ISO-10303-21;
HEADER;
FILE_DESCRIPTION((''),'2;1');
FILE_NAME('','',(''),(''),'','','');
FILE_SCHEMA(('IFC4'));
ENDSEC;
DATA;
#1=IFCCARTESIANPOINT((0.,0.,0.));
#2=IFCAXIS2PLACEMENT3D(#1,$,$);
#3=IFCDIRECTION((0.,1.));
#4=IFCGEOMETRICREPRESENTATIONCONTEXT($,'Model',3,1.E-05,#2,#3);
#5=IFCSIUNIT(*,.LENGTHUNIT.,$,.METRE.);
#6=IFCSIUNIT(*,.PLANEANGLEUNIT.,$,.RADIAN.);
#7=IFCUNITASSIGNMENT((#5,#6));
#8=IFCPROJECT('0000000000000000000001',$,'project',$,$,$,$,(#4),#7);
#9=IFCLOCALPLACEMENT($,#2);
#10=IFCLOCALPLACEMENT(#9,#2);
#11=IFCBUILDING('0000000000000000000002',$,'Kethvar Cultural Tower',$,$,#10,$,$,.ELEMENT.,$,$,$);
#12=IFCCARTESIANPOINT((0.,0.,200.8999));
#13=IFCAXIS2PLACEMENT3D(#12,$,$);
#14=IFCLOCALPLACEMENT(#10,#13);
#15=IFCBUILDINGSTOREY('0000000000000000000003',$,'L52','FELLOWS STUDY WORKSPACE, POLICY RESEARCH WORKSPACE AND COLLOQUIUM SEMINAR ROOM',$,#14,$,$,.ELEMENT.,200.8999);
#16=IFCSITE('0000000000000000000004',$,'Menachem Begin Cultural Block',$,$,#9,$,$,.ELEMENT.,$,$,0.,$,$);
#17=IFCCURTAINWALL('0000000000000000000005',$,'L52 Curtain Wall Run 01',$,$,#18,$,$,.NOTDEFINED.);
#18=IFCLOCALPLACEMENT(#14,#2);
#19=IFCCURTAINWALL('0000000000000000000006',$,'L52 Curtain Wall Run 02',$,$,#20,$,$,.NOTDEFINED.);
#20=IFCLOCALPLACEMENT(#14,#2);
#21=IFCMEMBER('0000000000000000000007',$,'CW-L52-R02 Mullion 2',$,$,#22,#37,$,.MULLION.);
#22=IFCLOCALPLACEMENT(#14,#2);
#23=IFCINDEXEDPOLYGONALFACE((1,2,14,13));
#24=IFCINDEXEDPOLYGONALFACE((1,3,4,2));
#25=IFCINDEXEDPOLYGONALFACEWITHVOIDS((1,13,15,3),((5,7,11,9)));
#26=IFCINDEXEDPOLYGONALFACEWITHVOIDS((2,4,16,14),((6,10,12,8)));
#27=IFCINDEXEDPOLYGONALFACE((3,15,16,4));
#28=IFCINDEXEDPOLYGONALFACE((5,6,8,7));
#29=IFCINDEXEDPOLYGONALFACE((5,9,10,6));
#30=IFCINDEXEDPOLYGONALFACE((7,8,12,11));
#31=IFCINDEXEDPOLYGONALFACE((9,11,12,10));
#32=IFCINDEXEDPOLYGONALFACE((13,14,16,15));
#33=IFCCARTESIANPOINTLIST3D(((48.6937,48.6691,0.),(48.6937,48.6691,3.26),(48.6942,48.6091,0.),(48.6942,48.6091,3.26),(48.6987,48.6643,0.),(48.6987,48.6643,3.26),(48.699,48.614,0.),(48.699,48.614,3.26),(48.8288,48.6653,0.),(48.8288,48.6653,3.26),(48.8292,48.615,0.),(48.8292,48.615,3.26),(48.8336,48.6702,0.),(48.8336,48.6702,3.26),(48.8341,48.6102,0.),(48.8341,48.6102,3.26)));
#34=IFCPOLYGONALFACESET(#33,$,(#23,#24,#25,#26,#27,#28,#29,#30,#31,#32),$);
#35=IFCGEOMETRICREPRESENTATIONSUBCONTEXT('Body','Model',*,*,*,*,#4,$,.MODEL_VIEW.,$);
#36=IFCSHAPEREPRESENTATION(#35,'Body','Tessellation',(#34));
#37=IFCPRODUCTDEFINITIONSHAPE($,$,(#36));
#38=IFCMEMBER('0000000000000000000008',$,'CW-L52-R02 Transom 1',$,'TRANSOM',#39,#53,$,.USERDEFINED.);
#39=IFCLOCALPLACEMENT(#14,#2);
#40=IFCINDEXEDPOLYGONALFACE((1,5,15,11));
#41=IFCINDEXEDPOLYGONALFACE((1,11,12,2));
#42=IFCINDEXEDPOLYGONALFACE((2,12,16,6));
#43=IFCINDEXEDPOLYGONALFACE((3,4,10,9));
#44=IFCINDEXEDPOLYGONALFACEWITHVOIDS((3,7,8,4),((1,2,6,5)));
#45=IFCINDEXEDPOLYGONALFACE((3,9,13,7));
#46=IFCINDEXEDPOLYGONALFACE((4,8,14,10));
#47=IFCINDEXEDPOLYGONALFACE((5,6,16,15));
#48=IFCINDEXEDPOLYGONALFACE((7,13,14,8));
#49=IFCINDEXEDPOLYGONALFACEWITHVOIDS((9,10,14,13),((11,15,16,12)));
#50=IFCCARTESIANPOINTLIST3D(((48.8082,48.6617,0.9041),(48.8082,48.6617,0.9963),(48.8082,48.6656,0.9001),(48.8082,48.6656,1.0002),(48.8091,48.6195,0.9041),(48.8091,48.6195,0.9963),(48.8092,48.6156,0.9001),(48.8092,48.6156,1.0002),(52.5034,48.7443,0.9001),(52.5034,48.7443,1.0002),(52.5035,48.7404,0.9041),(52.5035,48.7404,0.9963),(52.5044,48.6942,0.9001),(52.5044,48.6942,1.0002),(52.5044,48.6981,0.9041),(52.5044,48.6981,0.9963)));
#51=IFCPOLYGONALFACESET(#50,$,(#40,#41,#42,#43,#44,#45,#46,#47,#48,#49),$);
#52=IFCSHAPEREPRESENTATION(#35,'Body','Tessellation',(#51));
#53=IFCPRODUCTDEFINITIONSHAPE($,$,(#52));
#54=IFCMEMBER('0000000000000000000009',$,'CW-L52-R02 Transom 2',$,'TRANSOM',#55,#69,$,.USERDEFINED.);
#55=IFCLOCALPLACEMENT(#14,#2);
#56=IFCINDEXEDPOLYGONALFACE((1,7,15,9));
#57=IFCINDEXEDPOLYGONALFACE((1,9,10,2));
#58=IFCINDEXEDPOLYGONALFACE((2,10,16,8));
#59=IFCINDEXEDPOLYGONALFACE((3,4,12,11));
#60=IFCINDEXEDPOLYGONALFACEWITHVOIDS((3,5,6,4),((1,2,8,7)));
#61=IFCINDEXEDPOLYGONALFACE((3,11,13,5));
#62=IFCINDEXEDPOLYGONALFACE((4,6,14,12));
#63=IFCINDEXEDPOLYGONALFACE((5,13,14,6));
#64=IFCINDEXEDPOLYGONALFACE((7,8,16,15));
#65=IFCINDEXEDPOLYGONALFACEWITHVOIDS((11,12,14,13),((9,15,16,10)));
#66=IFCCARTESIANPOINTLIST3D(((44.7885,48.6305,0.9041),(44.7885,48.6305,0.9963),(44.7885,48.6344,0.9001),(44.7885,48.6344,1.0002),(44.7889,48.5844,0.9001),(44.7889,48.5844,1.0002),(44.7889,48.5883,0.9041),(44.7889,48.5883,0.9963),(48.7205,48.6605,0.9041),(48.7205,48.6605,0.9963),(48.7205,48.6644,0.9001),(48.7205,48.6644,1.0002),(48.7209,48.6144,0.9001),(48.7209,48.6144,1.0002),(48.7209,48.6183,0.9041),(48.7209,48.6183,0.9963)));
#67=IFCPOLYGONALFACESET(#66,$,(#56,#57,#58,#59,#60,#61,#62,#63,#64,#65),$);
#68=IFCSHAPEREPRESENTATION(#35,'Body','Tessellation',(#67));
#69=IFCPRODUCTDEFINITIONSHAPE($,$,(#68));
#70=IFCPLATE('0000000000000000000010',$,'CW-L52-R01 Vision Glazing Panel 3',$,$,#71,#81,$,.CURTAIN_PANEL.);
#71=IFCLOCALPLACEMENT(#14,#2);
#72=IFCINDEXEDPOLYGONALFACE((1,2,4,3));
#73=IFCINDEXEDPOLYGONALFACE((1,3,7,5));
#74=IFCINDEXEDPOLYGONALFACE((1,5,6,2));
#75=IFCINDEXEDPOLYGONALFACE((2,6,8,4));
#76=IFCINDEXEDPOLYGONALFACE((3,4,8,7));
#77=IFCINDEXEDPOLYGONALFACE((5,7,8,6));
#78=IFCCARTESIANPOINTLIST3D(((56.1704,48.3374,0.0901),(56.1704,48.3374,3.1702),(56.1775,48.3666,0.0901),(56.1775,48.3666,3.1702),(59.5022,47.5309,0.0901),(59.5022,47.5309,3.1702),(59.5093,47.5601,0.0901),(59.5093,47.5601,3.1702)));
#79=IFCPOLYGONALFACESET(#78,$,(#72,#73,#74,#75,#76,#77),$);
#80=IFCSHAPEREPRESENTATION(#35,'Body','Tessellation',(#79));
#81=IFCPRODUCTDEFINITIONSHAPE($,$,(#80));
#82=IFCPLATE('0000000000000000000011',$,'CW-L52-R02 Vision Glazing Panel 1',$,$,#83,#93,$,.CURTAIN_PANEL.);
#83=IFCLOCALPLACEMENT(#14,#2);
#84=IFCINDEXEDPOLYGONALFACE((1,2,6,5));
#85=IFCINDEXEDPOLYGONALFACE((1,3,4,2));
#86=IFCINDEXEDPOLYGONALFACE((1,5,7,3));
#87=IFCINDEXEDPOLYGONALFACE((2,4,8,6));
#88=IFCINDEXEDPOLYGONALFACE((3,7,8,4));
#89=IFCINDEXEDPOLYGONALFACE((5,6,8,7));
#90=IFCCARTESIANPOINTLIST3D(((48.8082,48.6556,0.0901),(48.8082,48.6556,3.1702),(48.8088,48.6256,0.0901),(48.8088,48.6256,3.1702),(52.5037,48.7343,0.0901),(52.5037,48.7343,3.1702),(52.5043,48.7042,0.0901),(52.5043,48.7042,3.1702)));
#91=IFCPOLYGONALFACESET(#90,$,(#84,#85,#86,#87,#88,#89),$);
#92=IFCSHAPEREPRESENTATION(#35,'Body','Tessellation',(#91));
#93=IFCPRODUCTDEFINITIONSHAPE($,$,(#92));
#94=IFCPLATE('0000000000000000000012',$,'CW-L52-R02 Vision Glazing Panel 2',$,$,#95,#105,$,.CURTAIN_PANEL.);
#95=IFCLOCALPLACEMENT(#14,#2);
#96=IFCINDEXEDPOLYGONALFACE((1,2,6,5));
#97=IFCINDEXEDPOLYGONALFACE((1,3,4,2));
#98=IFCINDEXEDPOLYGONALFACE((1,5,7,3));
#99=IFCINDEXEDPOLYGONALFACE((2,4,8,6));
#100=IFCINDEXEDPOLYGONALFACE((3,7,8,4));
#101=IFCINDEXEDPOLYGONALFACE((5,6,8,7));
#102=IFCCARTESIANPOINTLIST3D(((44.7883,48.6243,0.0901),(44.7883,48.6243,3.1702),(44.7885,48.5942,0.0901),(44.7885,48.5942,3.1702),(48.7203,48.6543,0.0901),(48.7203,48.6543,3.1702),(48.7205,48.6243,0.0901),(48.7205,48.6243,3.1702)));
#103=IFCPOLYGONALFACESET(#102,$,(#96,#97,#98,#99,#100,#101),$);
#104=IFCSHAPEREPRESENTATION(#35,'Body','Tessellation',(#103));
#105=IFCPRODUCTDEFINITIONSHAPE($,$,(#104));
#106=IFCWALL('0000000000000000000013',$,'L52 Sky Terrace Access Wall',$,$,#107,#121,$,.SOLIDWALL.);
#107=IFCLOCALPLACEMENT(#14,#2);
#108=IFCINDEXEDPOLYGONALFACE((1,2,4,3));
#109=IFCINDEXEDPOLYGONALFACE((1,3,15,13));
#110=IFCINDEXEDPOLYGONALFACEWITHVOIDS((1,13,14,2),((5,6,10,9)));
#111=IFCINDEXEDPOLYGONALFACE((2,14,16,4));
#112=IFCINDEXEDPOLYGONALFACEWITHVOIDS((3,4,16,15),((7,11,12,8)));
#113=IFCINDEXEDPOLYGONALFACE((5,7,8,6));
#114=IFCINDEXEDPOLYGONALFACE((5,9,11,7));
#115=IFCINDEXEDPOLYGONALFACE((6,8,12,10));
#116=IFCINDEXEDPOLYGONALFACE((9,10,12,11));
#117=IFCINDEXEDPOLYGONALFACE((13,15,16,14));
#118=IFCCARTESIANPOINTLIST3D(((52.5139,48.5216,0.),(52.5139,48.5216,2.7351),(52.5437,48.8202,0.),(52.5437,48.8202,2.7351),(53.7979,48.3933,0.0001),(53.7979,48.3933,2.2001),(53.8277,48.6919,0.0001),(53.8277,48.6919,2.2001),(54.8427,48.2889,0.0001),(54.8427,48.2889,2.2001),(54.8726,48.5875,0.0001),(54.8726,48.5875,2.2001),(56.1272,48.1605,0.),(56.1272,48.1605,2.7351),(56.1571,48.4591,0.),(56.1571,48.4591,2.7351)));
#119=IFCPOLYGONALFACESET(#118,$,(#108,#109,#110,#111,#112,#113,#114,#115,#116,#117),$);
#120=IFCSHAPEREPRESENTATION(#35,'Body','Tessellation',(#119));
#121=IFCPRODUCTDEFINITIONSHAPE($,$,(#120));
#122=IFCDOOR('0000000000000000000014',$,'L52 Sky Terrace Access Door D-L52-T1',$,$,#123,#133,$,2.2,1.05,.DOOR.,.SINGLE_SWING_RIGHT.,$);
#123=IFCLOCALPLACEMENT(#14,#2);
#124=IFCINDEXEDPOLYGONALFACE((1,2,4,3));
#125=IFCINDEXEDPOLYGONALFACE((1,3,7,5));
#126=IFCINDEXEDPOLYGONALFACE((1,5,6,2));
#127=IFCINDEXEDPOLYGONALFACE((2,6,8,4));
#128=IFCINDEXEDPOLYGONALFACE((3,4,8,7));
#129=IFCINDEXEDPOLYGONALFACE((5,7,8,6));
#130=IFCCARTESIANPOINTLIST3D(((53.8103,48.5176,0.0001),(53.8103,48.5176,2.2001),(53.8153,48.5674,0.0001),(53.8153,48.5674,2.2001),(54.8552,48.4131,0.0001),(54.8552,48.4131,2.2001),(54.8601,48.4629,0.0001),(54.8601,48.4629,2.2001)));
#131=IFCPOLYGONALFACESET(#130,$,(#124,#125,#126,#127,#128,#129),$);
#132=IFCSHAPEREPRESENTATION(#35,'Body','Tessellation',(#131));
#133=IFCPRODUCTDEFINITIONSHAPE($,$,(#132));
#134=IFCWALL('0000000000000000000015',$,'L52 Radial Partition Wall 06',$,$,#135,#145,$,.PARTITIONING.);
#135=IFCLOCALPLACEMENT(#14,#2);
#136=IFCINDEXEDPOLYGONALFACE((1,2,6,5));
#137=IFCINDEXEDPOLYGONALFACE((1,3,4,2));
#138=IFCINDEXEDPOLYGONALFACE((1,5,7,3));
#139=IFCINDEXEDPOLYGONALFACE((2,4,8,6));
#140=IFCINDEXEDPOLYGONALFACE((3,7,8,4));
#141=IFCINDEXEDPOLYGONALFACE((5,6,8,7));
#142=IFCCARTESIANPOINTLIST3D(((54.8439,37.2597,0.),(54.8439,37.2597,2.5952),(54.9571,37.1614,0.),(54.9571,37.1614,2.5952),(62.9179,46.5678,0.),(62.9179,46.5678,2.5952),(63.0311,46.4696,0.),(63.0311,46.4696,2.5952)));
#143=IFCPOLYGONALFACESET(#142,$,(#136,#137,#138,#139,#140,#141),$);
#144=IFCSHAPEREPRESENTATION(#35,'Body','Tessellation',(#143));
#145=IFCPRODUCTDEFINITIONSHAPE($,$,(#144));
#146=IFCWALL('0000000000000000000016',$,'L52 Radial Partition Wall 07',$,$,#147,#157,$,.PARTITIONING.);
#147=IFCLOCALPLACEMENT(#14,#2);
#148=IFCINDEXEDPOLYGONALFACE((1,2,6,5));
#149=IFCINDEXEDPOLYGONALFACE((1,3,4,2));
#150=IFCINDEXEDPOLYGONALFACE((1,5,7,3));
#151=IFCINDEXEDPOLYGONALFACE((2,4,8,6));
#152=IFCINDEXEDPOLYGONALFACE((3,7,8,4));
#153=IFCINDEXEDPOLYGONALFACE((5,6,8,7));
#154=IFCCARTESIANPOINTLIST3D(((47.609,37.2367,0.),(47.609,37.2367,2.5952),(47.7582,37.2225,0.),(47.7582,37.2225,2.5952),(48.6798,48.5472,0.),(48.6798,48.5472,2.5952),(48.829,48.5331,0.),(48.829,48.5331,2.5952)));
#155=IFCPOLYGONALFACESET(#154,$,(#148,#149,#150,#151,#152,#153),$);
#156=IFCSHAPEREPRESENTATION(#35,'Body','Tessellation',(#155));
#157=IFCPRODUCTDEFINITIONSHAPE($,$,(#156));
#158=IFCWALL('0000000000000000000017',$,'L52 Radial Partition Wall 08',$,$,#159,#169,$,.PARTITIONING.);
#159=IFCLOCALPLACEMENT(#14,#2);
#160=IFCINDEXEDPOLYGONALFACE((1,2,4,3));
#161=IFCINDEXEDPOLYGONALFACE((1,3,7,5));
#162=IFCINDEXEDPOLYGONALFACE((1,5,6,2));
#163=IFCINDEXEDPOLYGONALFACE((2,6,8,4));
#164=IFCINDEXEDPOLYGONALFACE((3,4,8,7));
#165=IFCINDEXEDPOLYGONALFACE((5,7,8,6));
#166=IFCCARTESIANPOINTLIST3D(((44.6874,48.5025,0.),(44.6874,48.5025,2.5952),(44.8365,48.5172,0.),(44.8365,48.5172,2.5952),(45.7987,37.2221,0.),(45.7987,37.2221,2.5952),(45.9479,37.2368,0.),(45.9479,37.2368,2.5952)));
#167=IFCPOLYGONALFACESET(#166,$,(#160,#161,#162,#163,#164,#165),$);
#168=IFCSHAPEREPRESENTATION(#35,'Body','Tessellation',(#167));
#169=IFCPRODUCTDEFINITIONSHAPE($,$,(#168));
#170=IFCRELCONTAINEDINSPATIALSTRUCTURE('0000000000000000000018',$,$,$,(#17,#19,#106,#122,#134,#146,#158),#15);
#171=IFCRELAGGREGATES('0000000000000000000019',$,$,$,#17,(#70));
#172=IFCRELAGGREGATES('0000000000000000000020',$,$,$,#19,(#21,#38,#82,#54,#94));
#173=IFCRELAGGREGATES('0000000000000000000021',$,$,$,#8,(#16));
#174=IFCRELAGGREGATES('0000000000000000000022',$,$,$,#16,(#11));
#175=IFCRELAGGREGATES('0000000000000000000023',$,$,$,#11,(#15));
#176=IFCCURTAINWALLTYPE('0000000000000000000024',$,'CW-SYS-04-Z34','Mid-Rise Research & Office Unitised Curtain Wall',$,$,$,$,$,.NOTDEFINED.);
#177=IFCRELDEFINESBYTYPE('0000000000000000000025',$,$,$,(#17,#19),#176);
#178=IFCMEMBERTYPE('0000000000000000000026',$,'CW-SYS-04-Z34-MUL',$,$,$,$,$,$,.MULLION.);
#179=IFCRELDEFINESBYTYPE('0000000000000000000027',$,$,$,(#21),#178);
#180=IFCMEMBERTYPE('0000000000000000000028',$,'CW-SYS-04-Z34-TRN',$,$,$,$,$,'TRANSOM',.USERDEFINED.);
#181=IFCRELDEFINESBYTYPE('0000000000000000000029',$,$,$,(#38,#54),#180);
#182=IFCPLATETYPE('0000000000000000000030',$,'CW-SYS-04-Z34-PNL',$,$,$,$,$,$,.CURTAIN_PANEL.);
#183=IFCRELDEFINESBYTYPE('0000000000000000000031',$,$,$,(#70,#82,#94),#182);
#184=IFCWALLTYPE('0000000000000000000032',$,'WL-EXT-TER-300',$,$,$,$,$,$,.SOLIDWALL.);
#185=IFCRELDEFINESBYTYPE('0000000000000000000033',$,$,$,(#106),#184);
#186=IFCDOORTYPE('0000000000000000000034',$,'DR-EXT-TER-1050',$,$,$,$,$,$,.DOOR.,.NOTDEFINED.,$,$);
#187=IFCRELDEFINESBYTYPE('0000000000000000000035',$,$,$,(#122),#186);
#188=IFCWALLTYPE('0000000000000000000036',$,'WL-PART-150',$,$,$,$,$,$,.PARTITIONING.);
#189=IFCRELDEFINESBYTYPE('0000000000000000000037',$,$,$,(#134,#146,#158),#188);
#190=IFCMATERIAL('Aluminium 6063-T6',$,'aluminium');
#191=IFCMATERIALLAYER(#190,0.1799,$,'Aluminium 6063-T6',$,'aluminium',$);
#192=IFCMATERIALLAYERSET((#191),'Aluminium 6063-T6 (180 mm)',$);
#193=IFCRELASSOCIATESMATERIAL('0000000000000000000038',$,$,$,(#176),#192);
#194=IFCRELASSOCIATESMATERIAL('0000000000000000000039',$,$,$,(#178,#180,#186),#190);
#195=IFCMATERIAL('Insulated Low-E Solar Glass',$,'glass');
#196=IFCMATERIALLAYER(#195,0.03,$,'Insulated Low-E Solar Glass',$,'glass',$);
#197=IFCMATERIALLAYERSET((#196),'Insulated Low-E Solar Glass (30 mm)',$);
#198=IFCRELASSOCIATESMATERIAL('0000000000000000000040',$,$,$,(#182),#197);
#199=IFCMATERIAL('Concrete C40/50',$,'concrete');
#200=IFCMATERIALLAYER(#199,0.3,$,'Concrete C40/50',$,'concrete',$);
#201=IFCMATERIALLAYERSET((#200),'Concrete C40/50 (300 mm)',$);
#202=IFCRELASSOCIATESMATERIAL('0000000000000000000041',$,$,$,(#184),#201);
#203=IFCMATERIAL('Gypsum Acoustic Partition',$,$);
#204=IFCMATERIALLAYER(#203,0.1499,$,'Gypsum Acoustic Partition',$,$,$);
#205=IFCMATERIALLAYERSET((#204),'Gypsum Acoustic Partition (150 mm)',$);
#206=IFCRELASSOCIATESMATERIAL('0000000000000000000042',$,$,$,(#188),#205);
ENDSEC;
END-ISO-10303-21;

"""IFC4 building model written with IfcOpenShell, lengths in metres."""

from ifc_helpers import new_model, si_unit, direction, frame, frame_2d, origin, origin_2d, place, context, subcontext, project, spatial, rectangle, hollow_rectangle, extrude, source, transform, mapped, material, layer, layer_set, material_profile, profile_set, type_object, element, fill, aggregate, save


model = new_model("IFC4")

# Units and contexts
model_context = context("Model", 3, precision=1e-05, world=origin(), true_north=direction((0.0, 1.0)))
body_context = subcontext(model_context, "Body", "Model", "MODEL_VIEW")
ifc_project = project(units=[si_unit("LENGTHUNIT", "METRE"), si_unit("PLANEANGLEUNIT", "RADIAN")], contexts=[model_context])

# Site, building, storey
site_placement = place(None, origin())
site = spatial("IfcSite", under=ifc_project, at=site_placement, Name="Menachem Begin Cultural Block", CompositionType="ELEMENT", RefElevation=0.0)
building_placement = place(site_placement, origin())
building = spatial("IfcBuilding", under=site, at=building_placement, Name="Kethvar Cultural Tower", CompositionType="ELEMENT")
storey_placement = place(building_placement, frame((0.0, 0.0, 200.8999)))
storey = spatial("IfcBuildingStorey", under=building, at=storey_placement, Name="L52", Description="FELLOWS STUDY WORKSPACE, POLICY RESEARCH WORKSPACE AND COLLOQUIUM SEMINAR ROOM", CompositionType="ELEMENT", Elevation=200.8999)

# Curtain wall
ifc_material_1 = material(Name="Aluminium 6063-T6", Category="aluminium")
ifc_layer_1 = layer(ifc_material_1, 0.1799, Name="Aluminium 6063-T6", Category="aluminium")
ifc_layer_set_1 = layer_set([ifc_layer_1], Name="Aluminium 6063-T6 (180 mm)")
curtain_wall_type = type_object("IfcCurtainWallType", Name="CW-SYS-04-Z34", Description="Mid-Rise Research & Office Unitised Curtain Wall", PredefinedType="NOTDEFINED", material=ifc_layer_set_1)
curtain_wall_1_placement = place(storey_placement, origin())
curtain_wall_1 = element("IfcCurtainWall", 1, at=curtain_wall_1_placement, inside=storey, type_object=curtain_wall_type, Name="L52 Curtain Wall Run 01", PredefinedType="NOTDEFINED")
ifc_material_profile_1 = material_profile(ifc_material_1, hollow_rectangle(XDim=0.0601, YDim=0.1399, WallThickness=0.0049, at=origin_2d()), Name="Aluminium 6063-T6 — RHS140x60x5")
ifc_profile_set_1 = profile_set([ifc_material_profile_1], Name="Aluminium 6063-T6 — RHS140x60x5")
member_type_1 = type_object("IfcMemberType", Name="CW-SYS-04-Z34-MUL", PredefinedType="MULLION", material=ifc_profile_set_1)
shared_shape_1 = source(origin(), body_context, "Body", "SweptSolid", [
    extrude(hollow_rectangle(XDim=0.0601, YDim=0.1399, WallThickness=0.0049, at=origin_2d()), origin(), (0.0, 0.0, 1.0), 3.26),
])

# Curtain wall, members
curtain_wall_2_placement = place(storey_placement, origin())
curtain_wall_2 = element("IfcCurtainWall", 2, at=curtain_wall_2_placement, inside=storey, type_object=curtain_wall_type, Name="L52 Curtain Wall Run 02", PredefinedType="NOTDEFINED")
member_1_placement = place(storey_placement, frame((48.7639, 48.6396, 0.0), z_axis=(0.0, 0.0, 1.0), x_axis=(0.007644, -0.999971, 0.0)))
member_1 = element("IfcMember", 3, at=member_1_placement, type_object=member_type_1, Name="CW-L52-R02 Mullion 2", PredefinedType="MULLION", context=body_context, shape_type="MappedRepresentation", body=[
    mapped(shared_shape_1, transform((0.0, 0.0, 0.0), scale=1.0)),
])
ifc_material_profile_2 = material_profile(ifc_material_1, hollow_rectangle(XDim=0.05, YDim=0.1001, WallThickness=0.0039, at=origin_2d()), Name="Aluminium 6063-T6 — RHS100x50x4")
ifc_profile_set_2 = profile_set([ifc_material_profile_2], Name="Aluminium 6063-T6 — RHS100x50x4")
member_type_2 = type_object("IfcMemberType", Name="CW-SYS-04-Z34-TRN", ElementType="TRANSOM", PredefinedType="USERDEFINED", material=ifc_profile_set_2)
shared_shape_2 = source(origin(), body_context, "Body", "SweptSolid", [
    extrude(hollow_rectangle(XDim=0.05, YDim=0.1001, WallThickness=0.0039, at=origin_2d()), origin(), (0.0, 0.0, 1.0), 3.696),
])
member_2_placement = place(storey_placement, frame((52.5039, 48.7192, 0.9502), z_axis=(-0.999774, -0.021269, 0.0), x_axis=(0.021269, -0.999774, 0.0)))
member_2 = element("IfcMember", 4, at=member_2_placement, type_object=member_type_2, Name="CW-L52-R02 Transom 1", ObjectType="TRANSOM", PredefinedType="USERDEFINED", context=body_context, shape_type="MappedRepresentation", body=[
    mapped(shared_shape_2, transform((0.0, 0.0, 0.0), scale=1.0)),
])
shared_shape_3 = source(origin(), body_context, "Body", "SweptSolid", [
    extrude(hollow_rectangle(XDim=0.05, YDim=0.1001, WallThickness=0.0039, at=origin_2d()), origin(), (0.0, 0.0, 1.0), 3.9321),
])
member_3_placement = place(storey_placement, frame((48.7207, 48.6394, 0.9502), z_axis=(-0.999971, -0.007637, 0.0), x_axis=(0.007637, -0.999971, 0.0)))
member_3 = element("IfcMember", 5, at=member_3_placement, type_object=member_type_2, Name="CW-L52-R02 Transom 2", ObjectType="TRANSOM", PredefinedType="USERDEFINED", context=body_context, shape_type="MappedRepresentation", body=[
    mapped(shared_shape_3, transform((0.0, 0.0, 0.0), scale=1.0)),
])

# Plates
ifc_material_2 = material(Name="Insulated Low-E Solar Glass", Category="glass")
ifc_layer_2 = layer(ifc_material_2, 0.03, Name="Insulated Low-E Solar Glass", Category="glass")
ifc_layer_set_2 = layer_set([ifc_layer_2], Name="Insulated Low-E Solar Glass (30 mm)")
plate_type = type_object("IfcPlateType", Name="CW-SYS-04-Z34-PNL", PredefinedType="CURTAIN_PANEL", material=ifc_layer_set_2)
shared_shape_4 = source(origin(), body_context, "Body", "SweptSolid", [
    extrude(rectangle(XDim=3.428, YDim=0.03, at=origin_2d()), origin(), (0.0, 0.0, 1.0), 3.0801),
])
plate_1_placement = place(storey_placement, frame((57.8398, 47.9487, 0.0901), z_axis=(0.0, 0.0, 1.0), x_axis=(-0.971932, 0.235261, 0.0)))
plate_1 = element("IfcPlate", 6, at=plate_1_placement, type_object=plate_type, Name="CW-L52-R01 Vision Glazing Panel 3", PredefinedType="CURTAIN_PANEL", context=body_context, shape_type="MappedRepresentation", body=[
    mapped(shared_shape_4, transform((0.0, 0.0, 0.0), scale=1.0)),
])
aggregate(curtain_wall_1, [plate_1])
shared_shape_5 = source(origin(), body_context, "Body", "SweptSolid", [
    extrude(rectangle(XDim=3.6963, YDim=0.03, at=origin_2d()), origin(), (0.0, 0.0, 1.0), 3.0801),
])
plate_2_placement = place(storey_placement, frame((50.6562, 48.6799, 0.0901), z_axis=(0.0, 0.0, 1.0), x_axis=(-0.999774, -0.021274, 0.0)))
plate_2 = element("IfcPlate", 7, at=plate_2_placement, type_object=plate_type, Name="CW-L52-R02 Vision Glazing Panel 1", PredefinedType="CURTAIN_PANEL", context=body_context, shape_type="MappedRepresentation", body=[
    mapped(shared_shape_5, transform((0.0, 0.0, 0.0), scale=1.0)),
])
shared_shape_6 = source(origin(), body_context, "Body", "SweptSolid", [
    extrude(rectangle(XDim=3.9321, YDim=0.03, at=origin_2d()), origin(), (0.0, 0.0, 1.0), 3.0801),
])
plate_3_placement = place(storey_placement, frame((46.7544, 48.6243, 0.0901), z_axis=(0.0, 0.0, 1.0), x_axis=(-0.999971, -0.007644, 0.0)))
plate_3 = element("IfcPlate", 8, at=plate_3_placement, type_object=plate_type, Name="CW-L52-R02 Vision Glazing Panel 2", PredefinedType="CURTAIN_PANEL", context=body_context, shape_type="MappedRepresentation", body=[
    mapped(shared_shape_6, transform((0.0, 0.0, 0.0), scale=1.0)),
])
aggregate(curtain_wall_2, [member_1, member_2, plate_2, member_3, plate_3])

# Wall, opening, door
ifc_material_3 = material(Name="Concrete C40/50", Category="concrete")
ifc_layer_3 = layer(ifc_material_3, 0.3, Name="Concrete C40/50", Category="concrete")
ifc_layer_set_3 = layer_set([ifc_layer_3], Name="Concrete C40/50 (300 mm)")
wall_type_1 = type_object("IfcWallType", Name="WL-EXT-TER-300", PredefinedType="SOLIDWALL", material=ifc_layer_set_3)
wall_1_placement = place(storey_placement, frame((52.5288, 48.6709, 0.0), z_axis=(0.0, 0.0, 1.0), x_axis=(0.995044, -0.099437, 0.0)))
wall_1 = element("IfcWall", 9, at=wall_1_placement, inside=storey, type_object=wall_type_1, Name="L52 Sky Terrace Access Wall", PredefinedType="SOLIDWALL", context=body_context, shape_type="SweptSolid", body=[
    extrude(rectangle(XDim=3.6313, YDim=0.3, at=frame_2d((1.8157, 0.0))), origin(), (0.0, 0.0, 1.0), 2.7351),
])
opening_placement = place(wall_1_placement, frame((1.2905, 0.0, 0.0)))
opening = element("IfcOpeningElement", 10, at=opening_placement, cuts=wall_1, PredefinedType="OPENING", context=body_context, shape_type="SweptSolid", body=[
    extrude(rectangle(XDim=1.05, YDim=2.2, at=frame_2d((0.5249, 1.1001))), frame((0.0, 0.1599, 0.0), z_axis=(0.0, -1.0, 0.0), x_axis=(1.0, 0.0, 0.0)), (0.0, 0.0, 1.0), 0.3201),
])
door_type = type_object("IfcDoorType", Name="DR-EXT-TER-1050", OperationType="NOTDEFINED", PredefinedType="DOOR", material=ifc_material_1)
shared_shape_7 = source(origin(), body_context, "Body", "SweptSolid", [
    extrude(rectangle(XDim=1.05, YDim=2.2, at=frame_2d((0.5249, 1.1001))), frame((0.0, 0.0249, 0.0), z_axis=(0.0, -1.0, 0.0), x_axis=(1.0, 0.0, 0.0)), (0.0, 0.0, 1.0), 0.05),
])
door_placement = place(opening_placement, origin())
door = element("IfcDoor", 11, at=door_placement, inside=storey, type_object=door_type, Name="L52 Sky Terrace Access Door D-L52-T1", OperationType="SINGLE_SWING_RIGHT", OverallHeight=2.2, OverallWidth=1.05, PredefinedType="DOOR", context=body_context, shape_type="MappedRepresentation", body=[
    mapped(shared_shape_7, transform((0.0, 0.0, 0.0), scale=1.0)),
])
fill(opening, door)

# Walls
ifc_material_4 = material(Name="Gypsum Acoustic Partition")
ifc_layer_4 = layer(ifc_material_4, 0.1499, Name="Gypsum Acoustic Partition")
ifc_layer_set_4 = layer_set([ifc_layer_4], Name="Gypsum Acoustic Partition (150 mm)")
wall_type_2 = type_object("IfcWallType", Name="WL-PART-150", PredefinedType="PARTITIONING", material=ifc_layer_set_4)
wall_2_placement = place(storey_placement, frame((54.9004, 37.2104, 0.0), z_axis=(0.0, 0.0, 1.0), x_axis=(0.655253, 0.75541, 0.0)))
element("IfcWall", 12, at=wall_2_placement, inside=storey, type_object=wall_type_2, Name="L52 Radial Partition Wall 06", PredefinedType="PARTITIONING", context=body_context, shape_type="SweptSolid", body=[
    extrude(rectangle(XDim=12.322, YDim=0.1499, at=frame_2d((6.1611, 0.0))), origin(), (0.0, 0.0, 1.0), 2.5952),
])
wall_3_placement = place(storey_placement, frame((47.6836, 37.2295, 0.0), z_axis=(0.0, 0.0, 1.0), x_axis=(0.094251, 0.995548, 0.0)))
element("IfcWall", 13, at=wall_3_placement, inside=storey, type_object=wall_type_2, Name="L52 Radial Partition Wall 07", PredefinedType="PARTITIONING", context=body_context, shape_type="SweptSolid", body=[
    extrude(rectangle(XDim=11.3611, YDim=0.1499, at=frame_2d((5.6807, 0.0))), origin(), (0.0, 0.0, 1.0), 2.5952),
])
wall_4_placement = place(storey_placement, frame((45.8733, 37.2295, 0.0), z_axis=(0.0, 0.0, 1.0), x_axis=(-0.098045, 0.995182, 0.0)))
element("IfcWall", 14, at=wall_4_placement, inside=storey, type_object=wall_type_2, Name="L52 Radial Partition Wall 08", PredefinedType="PARTITIONING", context=body_context, shape_type="SweptSolid", body=[
    extrude(rectangle(XDim=11.335, YDim=0.1499, at=frame_2d((5.6675, 0.0))), origin(), (0.0, 0.0, 1.0), 2.5952),
])

save(model, "model.ifc")
